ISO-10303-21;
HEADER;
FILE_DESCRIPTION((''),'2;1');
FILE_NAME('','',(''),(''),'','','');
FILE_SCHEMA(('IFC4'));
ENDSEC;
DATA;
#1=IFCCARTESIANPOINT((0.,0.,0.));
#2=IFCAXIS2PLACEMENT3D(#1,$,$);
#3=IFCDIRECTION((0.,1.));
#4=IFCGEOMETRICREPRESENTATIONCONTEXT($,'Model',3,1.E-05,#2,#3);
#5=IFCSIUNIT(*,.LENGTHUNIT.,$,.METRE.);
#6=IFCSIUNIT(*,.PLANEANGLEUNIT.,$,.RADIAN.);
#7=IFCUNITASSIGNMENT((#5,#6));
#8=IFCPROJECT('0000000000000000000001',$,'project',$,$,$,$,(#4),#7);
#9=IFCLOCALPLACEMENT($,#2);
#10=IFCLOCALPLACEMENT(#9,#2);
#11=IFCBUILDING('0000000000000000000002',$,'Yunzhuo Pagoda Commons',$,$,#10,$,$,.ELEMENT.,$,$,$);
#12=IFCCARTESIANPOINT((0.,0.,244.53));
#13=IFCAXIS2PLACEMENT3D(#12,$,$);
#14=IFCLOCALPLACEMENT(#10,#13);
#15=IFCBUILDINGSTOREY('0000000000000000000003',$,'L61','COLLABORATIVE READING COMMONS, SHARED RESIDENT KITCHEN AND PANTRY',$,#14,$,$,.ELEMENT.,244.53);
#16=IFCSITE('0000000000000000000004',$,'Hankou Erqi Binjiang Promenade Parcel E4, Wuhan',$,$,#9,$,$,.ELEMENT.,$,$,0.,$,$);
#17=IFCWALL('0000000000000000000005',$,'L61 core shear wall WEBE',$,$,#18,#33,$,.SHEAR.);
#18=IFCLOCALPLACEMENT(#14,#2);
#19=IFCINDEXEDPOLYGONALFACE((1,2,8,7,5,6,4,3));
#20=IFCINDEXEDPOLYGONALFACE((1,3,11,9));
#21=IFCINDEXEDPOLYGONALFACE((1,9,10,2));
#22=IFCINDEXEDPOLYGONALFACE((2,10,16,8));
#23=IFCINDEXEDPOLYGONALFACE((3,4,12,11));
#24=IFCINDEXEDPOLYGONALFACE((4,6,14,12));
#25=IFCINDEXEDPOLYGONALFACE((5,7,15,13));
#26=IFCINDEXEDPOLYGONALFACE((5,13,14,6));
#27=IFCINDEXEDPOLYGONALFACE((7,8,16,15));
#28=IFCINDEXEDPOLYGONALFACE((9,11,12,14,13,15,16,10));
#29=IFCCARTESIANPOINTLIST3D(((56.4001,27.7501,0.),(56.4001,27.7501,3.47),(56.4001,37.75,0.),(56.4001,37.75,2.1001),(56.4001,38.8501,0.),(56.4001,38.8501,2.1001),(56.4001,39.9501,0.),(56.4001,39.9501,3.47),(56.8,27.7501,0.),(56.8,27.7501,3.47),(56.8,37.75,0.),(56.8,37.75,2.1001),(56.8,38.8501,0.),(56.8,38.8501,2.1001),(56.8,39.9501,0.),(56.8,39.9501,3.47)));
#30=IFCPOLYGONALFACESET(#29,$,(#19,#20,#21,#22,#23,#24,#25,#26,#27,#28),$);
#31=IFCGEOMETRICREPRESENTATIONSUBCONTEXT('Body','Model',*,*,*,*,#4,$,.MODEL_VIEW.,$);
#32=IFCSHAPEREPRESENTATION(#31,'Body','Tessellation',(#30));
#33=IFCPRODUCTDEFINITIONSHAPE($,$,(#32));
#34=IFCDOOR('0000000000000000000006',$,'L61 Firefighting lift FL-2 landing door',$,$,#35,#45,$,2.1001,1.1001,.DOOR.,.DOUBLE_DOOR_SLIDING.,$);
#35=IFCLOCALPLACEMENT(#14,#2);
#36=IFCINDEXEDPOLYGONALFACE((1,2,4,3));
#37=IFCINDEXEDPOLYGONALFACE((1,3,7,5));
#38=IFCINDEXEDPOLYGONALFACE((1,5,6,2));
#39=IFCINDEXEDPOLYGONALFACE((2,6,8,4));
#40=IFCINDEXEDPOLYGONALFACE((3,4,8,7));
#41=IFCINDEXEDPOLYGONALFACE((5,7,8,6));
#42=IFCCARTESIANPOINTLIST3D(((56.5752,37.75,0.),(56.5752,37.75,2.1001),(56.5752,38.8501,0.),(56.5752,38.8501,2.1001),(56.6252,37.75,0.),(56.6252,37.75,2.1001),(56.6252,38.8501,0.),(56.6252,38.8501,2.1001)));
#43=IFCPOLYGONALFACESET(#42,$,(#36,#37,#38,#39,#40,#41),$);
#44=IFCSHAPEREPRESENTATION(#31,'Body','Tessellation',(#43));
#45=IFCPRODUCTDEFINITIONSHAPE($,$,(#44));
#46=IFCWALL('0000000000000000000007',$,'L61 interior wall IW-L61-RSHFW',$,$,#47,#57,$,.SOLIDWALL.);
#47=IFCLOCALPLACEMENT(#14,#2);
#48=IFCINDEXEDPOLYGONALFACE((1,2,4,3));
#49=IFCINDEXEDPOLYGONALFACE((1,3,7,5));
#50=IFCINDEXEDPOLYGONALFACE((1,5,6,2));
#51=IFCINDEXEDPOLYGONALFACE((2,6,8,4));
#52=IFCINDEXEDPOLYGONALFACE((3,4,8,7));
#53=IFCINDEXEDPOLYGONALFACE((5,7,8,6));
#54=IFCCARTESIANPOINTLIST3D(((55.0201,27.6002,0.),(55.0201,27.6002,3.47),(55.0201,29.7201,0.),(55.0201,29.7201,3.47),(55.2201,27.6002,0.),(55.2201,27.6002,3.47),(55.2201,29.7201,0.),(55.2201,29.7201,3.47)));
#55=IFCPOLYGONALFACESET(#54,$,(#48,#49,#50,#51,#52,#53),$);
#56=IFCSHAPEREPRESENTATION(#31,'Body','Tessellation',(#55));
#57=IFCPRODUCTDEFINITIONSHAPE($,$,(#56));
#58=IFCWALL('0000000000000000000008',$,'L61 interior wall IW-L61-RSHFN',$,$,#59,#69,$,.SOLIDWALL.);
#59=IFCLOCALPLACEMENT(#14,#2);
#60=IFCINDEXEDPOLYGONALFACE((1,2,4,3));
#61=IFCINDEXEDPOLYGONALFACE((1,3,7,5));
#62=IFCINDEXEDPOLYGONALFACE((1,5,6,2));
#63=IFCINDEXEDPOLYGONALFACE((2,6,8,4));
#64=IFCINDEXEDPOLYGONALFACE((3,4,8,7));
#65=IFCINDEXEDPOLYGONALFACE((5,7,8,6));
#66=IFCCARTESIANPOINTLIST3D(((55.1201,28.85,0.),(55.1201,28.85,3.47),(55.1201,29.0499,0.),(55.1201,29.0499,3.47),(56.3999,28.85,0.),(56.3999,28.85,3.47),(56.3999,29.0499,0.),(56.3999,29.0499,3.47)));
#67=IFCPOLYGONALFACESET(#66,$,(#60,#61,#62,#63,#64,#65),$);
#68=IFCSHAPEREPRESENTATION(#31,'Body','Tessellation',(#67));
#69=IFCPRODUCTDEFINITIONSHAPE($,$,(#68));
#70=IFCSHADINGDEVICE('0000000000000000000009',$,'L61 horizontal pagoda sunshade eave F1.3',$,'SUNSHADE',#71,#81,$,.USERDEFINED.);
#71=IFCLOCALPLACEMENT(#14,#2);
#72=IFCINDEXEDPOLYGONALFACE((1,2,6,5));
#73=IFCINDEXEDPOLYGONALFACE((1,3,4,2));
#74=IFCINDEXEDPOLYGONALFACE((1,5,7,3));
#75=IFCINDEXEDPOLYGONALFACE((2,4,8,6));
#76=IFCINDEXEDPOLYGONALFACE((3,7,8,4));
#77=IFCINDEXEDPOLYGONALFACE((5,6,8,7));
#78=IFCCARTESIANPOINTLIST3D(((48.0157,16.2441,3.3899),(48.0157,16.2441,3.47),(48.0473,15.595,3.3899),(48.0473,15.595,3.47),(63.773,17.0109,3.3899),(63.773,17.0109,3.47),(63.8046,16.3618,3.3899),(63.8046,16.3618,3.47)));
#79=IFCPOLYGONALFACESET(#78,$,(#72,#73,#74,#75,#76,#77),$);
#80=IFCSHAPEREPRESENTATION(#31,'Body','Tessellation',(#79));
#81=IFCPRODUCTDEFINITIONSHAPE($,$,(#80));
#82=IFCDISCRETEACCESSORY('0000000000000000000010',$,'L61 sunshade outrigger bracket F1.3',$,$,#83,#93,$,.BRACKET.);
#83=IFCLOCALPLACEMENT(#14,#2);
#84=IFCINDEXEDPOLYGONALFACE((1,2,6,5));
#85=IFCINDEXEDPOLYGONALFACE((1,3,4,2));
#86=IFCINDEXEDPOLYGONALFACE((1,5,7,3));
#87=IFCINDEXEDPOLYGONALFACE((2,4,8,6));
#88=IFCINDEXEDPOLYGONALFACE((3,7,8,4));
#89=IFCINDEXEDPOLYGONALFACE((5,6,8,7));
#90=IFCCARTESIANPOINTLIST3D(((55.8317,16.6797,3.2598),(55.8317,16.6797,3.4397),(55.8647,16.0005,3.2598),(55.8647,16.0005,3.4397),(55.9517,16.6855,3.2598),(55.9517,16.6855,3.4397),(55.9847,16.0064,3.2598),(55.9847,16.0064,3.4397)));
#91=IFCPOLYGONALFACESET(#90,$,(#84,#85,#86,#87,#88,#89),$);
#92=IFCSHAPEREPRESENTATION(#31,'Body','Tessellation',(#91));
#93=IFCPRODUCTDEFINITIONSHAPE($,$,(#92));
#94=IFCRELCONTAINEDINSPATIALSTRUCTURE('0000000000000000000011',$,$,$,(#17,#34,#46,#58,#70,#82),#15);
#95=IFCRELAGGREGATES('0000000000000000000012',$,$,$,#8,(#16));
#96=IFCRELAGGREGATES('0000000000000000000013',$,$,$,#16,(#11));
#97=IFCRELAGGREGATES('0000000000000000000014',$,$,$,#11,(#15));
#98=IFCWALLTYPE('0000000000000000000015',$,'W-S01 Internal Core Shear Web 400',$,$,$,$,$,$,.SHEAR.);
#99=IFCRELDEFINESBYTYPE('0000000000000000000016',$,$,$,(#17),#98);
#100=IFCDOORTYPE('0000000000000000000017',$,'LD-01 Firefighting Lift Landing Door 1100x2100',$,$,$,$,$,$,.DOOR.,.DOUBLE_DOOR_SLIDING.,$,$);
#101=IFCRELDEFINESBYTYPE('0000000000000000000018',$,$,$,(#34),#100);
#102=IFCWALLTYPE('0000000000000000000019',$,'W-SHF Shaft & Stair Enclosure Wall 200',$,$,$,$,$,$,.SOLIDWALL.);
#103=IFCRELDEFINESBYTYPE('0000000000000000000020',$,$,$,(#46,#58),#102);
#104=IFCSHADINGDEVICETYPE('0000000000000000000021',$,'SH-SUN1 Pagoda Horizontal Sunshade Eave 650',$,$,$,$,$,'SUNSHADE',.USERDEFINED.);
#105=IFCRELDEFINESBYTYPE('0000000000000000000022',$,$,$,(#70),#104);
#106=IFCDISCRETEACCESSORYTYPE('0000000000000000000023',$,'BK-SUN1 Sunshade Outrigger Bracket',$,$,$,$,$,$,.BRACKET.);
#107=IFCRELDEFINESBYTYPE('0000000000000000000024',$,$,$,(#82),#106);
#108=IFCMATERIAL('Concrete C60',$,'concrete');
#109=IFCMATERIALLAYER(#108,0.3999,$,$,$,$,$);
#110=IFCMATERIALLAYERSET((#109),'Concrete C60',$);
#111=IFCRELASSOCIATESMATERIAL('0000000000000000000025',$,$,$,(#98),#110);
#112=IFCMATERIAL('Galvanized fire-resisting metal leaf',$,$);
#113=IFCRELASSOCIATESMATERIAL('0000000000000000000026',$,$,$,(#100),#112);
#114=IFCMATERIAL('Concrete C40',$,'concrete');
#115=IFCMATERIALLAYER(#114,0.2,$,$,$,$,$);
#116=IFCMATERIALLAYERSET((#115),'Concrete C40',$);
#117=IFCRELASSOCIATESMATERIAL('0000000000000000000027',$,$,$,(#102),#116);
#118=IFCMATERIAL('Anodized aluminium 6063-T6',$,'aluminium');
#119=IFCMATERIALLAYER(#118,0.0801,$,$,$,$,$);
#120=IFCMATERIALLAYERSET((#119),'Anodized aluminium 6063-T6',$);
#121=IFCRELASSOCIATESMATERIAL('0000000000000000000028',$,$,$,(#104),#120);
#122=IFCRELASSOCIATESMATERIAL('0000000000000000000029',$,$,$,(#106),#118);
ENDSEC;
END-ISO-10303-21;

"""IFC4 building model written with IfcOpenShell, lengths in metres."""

from ifc_helpers import new_model, si_unit, direction, frame, frame_2d, origin, origin_with_axes, origin_2d, place, context, subcontext, project, spatial, rectangle, extrude, source, transform, mapped, material, layer, layer_set, type_object, element, fill, save


model = new_model("IFC4")

# Units and contexts
model_context = context("Model", 3, precision=1e-05, world=origin(), true_north=direction((0.0, 1.0)))
body_context = subcontext(model_context, "Body", "Model", "MODEL_VIEW")
ifc_project = project(units=[si_unit("LENGTHUNIT", "METRE"), si_unit("PLANEANGLEUNIT", "RADIAN")], contexts=[model_context])

# Site, building, storey
site_placement = place(None, origin())
site = spatial("IfcSite", under=ifc_project, at=site_placement, Name="Hankou Erqi Binjiang Promenade Parcel E4, Wuhan", CompositionType="ELEMENT", RefElevation=0.0)
building_placement = place(site_placement, origin())
building = spatial("IfcBuilding", under=site, at=building_placement, Name="Yunzhuo Pagoda Commons", CompositionType="ELEMENT")
storey_placement = place(building_placement, frame((0.0, 0.0, 244.53)))
storey = spatial("IfcBuildingStorey", under=building, at=storey_placement, Name="L61", Description="COLLABORATIVE READING COMMONS, SHARED RESIDENT KITCHEN AND PANTRY", CompositionType="ELEMENT", Elevation=244.53)

# Shared definitions
ifc_material_1 = material(Name="Anodized aluminium 6063-T6", Category="aluminium")

# Shared definitions
ifc_material_2 = material(Name="Galvanized fire-resisting metal leaf")

# Wall, opening, door
ifc_material_3 = material(Name="Concrete C60", Category="concrete")
ifc_layer_1 = layer(ifc_material_3, 0.3999)
ifc_layer_set_1 = layer_set([ifc_layer_1], Name="Concrete C60")
wall_type_1 = type_object("IfcWallType", Name="W-S01 Internal Core Shear Web 400", PredefinedType="SHEAR", material=ifc_layer_set_1)
wall_1_placement = place(storey_placement, frame((56.6001, 27.75, 0.0), z_axis=(0.0, 0.0, 1.0), x_axis=(0.0, 1.0, 0.0)))
wall_1 = element("IfcWall", 1, at=wall_1_placement, inside=storey, type_object=wall_type_1, Name="L61 core shear wall WEBE", PredefinedType="SHEAR", context=body_context, shape_type="SweptSolid", body=[
    extrude(rectangle(XDim=12.2, YDim=0.3999, at=frame_2d((6.1001, 0.0))), origin(), (0.0, 0.0, 1.0), 3.47),
])
opening_1_placement = place(wall_1_placement, frame((10.0, 0.0, 0.0)))
opening_1 = element("IfcOpeningElement", 2, at=opening_1_placement, cuts=wall_1, PredefinedType="OPENING", context=body_context, shape_type="SweptSolid", body=[
    extrude(rectangle(XDim=1.1001, YDim=2.1001, at=frame_2d((0.55, 1.05))), frame((0.0, 0.21, 0.0), z_axis=(0.0, -1.0, 0.0), x_axis=(1.0, 0.0, 0.0)), (0.0, 0.0, 1.0), 0.4199),
])
door_type_1 = type_object("IfcDoorType", Name="LD-01 Firefighting Lift Landing Door 1100x2100", OperationType="DOUBLE_DOOR_SLIDING", PredefinedType="DOOR", material=ifc_material_2)
shared_shape_1 = source(origin(), body_context, "Body", "SweptSolid", [
    extrude(rectangle(XDim=1.1001, YDim=2.1001, at=frame_2d((0.55, 1.05))), frame((0.0, 0.0249, 0.0), z_axis=(0.0, -1.0, 0.0), x_axis=(1.0, 0.0, 0.0)), (0.0, 0.0, 1.0), 0.05),
])
door_1_placement = place(opening_1_placement, origin_with_axes())
door_1 = element("IfcDoor", 3, at=door_1_placement, inside=storey, type_object=door_type_1, Name="L61 Firefighting lift FL-2 landing door", OperationType="DOUBLE_DOOR_SLIDING", OverallHeight=2.1001, OverallWidth=1.1001, PredefinedType="DOOR", context=body_context, shape_type="MappedRepresentation", body=[
    mapped(shared_shape_1, transform((0.0, 0.0, 0.0), scale=1.0)),
])
fill(opening_1, door_1)

# Walls
ifc_material_4 = material(Name="Concrete C40", Category="concrete")
ifc_layer_2 = layer(ifc_material_4, 0.2)
ifc_layer_set_2 = layer_set([ifc_layer_2], Name="Concrete C40")
wall_type_2 = type_object("IfcWallType", Name="W-SHF Shaft & Stair Enclosure Wall 200", PredefinedType="SOLIDWALL", material=ifc_layer_set_2)
wall_2_placement = place(storey_placement, frame((55.1201, 27.6001, 0.0), z_axis=(0.0, 0.0, 1.0), x_axis=(0.0, 1.0, 0.0)))
element("IfcWall", 4, at=wall_2_placement, inside=storey, type_object=wall_type_2, Name="L61 interior wall IW-L61-RSHFW", PredefinedType="SOLIDWALL", context=body_context, shape_type="SweptSolid", body=[
    extrude(rectangle(XDim=2.1199, YDim=0.2, at=frame_2d((1.0601, 0.0))), origin(), (0.0, 0.0, 1.0), 3.47),
])
wall_3_placement = place(storey_placement, frame((55.1201, 28.95, 0.0), z_axis=(0.0, 0.0, 1.0), x_axis=(1.0, 0.0, 0.0)))
element("IfcWall", 5, at=wall_3_placement, inside=storey, type_object=wall_type_2, Name="L61 interior wall IW-L61-RSHFN", PredefinedType="SOLIDWALL", context=body_context, shape_type="SweptSolid", body=[
    extrude(rectangle(XDim=1.2798, YDim=0.2, at=frame_2d((0.6399, 0.0))), origin(), (0.0, 0.0, 1.0), 3.47),
])

# Shading device
ifc_layer_3 = layer(ifc_material_1, 0.0801)
ifc_layer_set_3 = layer_set([ifc_layer_3], Name="Anodized aluminium 6063-T6")
shading_device_type = type_object("IfcShadingDeviceType", Name="SH-SUN1 Pagoda Horizontal Sunshade Eave 650", ElementType="SUNSHADE", PredefinedType="USERDEFINED", material=ifc_layer_set_3)
shared_shape_2 = source(origin(), body_context, "Body", "SweptSolid", [
    extrude(rectangle(XDim=15.7759, YDim=0.6499, at=origin_2d()), origin(), (0.0, 0.0, 1.0), 0.0801),
])
shading_device_placement = place(storey_placement, frame((55.9102, 16.303, 3.3899), z_axis=(0.0, 0.0, 1.0), x_axis=(0.998818, 0.048606, 0.0)))
element("IfcShadingDevice", 6, at=shading_device_placement, inside=storey, type_object=shading_device_type, Name="L61 horizontal pagoda sunshade eave F1.3", ObjectType="SUNSHADE", PredefinedType="USERDEFINED", context=body_context, shape_type="MappedRepresentation", body=[
    mapped(shared_shape_2, transform((0.0, 0.0, 0.0), scale=1.0)),
])

# Discrete accessory
discrete_accessory_type = type_object("IfcDiscreteAccessoryType", Name="BK-SUN1 Sunshade Outrigger Bracket", PredefinedType="BRACKET", material=ifc_material_1)
shared_shape_3 = source(origin(), body_context, "Body", "SweptSolid", [
    extrude(rectangle(XDim=0.1201, YDim=0.6799, at=origin_2d()), origin(), (0.0, 0.0, 1.0), 0.1799),
])
discrete_accessory_placement = place(storey_placement, frame((55.9082, 16.343, 3.2598), z_axis=(0.0, 0.0, 1.0), x_axis=(0.998818, 0.048606, 0.0)))
element("IfcDiscreteAccessory", 7, at=discrete_accessory_placement, inside=storey, type_object=discrete_accessory_type, Name="L61 sunshade outrigger bracket F1.3", PredefinedType="BRACKET", context=body_context, shape_type="MappedRepresentation", body=[
    mapped(shared_shape_3, transform((0.0, 0.0, 0.0), scale=1.0)),
])

save(model, "model.ifc")
